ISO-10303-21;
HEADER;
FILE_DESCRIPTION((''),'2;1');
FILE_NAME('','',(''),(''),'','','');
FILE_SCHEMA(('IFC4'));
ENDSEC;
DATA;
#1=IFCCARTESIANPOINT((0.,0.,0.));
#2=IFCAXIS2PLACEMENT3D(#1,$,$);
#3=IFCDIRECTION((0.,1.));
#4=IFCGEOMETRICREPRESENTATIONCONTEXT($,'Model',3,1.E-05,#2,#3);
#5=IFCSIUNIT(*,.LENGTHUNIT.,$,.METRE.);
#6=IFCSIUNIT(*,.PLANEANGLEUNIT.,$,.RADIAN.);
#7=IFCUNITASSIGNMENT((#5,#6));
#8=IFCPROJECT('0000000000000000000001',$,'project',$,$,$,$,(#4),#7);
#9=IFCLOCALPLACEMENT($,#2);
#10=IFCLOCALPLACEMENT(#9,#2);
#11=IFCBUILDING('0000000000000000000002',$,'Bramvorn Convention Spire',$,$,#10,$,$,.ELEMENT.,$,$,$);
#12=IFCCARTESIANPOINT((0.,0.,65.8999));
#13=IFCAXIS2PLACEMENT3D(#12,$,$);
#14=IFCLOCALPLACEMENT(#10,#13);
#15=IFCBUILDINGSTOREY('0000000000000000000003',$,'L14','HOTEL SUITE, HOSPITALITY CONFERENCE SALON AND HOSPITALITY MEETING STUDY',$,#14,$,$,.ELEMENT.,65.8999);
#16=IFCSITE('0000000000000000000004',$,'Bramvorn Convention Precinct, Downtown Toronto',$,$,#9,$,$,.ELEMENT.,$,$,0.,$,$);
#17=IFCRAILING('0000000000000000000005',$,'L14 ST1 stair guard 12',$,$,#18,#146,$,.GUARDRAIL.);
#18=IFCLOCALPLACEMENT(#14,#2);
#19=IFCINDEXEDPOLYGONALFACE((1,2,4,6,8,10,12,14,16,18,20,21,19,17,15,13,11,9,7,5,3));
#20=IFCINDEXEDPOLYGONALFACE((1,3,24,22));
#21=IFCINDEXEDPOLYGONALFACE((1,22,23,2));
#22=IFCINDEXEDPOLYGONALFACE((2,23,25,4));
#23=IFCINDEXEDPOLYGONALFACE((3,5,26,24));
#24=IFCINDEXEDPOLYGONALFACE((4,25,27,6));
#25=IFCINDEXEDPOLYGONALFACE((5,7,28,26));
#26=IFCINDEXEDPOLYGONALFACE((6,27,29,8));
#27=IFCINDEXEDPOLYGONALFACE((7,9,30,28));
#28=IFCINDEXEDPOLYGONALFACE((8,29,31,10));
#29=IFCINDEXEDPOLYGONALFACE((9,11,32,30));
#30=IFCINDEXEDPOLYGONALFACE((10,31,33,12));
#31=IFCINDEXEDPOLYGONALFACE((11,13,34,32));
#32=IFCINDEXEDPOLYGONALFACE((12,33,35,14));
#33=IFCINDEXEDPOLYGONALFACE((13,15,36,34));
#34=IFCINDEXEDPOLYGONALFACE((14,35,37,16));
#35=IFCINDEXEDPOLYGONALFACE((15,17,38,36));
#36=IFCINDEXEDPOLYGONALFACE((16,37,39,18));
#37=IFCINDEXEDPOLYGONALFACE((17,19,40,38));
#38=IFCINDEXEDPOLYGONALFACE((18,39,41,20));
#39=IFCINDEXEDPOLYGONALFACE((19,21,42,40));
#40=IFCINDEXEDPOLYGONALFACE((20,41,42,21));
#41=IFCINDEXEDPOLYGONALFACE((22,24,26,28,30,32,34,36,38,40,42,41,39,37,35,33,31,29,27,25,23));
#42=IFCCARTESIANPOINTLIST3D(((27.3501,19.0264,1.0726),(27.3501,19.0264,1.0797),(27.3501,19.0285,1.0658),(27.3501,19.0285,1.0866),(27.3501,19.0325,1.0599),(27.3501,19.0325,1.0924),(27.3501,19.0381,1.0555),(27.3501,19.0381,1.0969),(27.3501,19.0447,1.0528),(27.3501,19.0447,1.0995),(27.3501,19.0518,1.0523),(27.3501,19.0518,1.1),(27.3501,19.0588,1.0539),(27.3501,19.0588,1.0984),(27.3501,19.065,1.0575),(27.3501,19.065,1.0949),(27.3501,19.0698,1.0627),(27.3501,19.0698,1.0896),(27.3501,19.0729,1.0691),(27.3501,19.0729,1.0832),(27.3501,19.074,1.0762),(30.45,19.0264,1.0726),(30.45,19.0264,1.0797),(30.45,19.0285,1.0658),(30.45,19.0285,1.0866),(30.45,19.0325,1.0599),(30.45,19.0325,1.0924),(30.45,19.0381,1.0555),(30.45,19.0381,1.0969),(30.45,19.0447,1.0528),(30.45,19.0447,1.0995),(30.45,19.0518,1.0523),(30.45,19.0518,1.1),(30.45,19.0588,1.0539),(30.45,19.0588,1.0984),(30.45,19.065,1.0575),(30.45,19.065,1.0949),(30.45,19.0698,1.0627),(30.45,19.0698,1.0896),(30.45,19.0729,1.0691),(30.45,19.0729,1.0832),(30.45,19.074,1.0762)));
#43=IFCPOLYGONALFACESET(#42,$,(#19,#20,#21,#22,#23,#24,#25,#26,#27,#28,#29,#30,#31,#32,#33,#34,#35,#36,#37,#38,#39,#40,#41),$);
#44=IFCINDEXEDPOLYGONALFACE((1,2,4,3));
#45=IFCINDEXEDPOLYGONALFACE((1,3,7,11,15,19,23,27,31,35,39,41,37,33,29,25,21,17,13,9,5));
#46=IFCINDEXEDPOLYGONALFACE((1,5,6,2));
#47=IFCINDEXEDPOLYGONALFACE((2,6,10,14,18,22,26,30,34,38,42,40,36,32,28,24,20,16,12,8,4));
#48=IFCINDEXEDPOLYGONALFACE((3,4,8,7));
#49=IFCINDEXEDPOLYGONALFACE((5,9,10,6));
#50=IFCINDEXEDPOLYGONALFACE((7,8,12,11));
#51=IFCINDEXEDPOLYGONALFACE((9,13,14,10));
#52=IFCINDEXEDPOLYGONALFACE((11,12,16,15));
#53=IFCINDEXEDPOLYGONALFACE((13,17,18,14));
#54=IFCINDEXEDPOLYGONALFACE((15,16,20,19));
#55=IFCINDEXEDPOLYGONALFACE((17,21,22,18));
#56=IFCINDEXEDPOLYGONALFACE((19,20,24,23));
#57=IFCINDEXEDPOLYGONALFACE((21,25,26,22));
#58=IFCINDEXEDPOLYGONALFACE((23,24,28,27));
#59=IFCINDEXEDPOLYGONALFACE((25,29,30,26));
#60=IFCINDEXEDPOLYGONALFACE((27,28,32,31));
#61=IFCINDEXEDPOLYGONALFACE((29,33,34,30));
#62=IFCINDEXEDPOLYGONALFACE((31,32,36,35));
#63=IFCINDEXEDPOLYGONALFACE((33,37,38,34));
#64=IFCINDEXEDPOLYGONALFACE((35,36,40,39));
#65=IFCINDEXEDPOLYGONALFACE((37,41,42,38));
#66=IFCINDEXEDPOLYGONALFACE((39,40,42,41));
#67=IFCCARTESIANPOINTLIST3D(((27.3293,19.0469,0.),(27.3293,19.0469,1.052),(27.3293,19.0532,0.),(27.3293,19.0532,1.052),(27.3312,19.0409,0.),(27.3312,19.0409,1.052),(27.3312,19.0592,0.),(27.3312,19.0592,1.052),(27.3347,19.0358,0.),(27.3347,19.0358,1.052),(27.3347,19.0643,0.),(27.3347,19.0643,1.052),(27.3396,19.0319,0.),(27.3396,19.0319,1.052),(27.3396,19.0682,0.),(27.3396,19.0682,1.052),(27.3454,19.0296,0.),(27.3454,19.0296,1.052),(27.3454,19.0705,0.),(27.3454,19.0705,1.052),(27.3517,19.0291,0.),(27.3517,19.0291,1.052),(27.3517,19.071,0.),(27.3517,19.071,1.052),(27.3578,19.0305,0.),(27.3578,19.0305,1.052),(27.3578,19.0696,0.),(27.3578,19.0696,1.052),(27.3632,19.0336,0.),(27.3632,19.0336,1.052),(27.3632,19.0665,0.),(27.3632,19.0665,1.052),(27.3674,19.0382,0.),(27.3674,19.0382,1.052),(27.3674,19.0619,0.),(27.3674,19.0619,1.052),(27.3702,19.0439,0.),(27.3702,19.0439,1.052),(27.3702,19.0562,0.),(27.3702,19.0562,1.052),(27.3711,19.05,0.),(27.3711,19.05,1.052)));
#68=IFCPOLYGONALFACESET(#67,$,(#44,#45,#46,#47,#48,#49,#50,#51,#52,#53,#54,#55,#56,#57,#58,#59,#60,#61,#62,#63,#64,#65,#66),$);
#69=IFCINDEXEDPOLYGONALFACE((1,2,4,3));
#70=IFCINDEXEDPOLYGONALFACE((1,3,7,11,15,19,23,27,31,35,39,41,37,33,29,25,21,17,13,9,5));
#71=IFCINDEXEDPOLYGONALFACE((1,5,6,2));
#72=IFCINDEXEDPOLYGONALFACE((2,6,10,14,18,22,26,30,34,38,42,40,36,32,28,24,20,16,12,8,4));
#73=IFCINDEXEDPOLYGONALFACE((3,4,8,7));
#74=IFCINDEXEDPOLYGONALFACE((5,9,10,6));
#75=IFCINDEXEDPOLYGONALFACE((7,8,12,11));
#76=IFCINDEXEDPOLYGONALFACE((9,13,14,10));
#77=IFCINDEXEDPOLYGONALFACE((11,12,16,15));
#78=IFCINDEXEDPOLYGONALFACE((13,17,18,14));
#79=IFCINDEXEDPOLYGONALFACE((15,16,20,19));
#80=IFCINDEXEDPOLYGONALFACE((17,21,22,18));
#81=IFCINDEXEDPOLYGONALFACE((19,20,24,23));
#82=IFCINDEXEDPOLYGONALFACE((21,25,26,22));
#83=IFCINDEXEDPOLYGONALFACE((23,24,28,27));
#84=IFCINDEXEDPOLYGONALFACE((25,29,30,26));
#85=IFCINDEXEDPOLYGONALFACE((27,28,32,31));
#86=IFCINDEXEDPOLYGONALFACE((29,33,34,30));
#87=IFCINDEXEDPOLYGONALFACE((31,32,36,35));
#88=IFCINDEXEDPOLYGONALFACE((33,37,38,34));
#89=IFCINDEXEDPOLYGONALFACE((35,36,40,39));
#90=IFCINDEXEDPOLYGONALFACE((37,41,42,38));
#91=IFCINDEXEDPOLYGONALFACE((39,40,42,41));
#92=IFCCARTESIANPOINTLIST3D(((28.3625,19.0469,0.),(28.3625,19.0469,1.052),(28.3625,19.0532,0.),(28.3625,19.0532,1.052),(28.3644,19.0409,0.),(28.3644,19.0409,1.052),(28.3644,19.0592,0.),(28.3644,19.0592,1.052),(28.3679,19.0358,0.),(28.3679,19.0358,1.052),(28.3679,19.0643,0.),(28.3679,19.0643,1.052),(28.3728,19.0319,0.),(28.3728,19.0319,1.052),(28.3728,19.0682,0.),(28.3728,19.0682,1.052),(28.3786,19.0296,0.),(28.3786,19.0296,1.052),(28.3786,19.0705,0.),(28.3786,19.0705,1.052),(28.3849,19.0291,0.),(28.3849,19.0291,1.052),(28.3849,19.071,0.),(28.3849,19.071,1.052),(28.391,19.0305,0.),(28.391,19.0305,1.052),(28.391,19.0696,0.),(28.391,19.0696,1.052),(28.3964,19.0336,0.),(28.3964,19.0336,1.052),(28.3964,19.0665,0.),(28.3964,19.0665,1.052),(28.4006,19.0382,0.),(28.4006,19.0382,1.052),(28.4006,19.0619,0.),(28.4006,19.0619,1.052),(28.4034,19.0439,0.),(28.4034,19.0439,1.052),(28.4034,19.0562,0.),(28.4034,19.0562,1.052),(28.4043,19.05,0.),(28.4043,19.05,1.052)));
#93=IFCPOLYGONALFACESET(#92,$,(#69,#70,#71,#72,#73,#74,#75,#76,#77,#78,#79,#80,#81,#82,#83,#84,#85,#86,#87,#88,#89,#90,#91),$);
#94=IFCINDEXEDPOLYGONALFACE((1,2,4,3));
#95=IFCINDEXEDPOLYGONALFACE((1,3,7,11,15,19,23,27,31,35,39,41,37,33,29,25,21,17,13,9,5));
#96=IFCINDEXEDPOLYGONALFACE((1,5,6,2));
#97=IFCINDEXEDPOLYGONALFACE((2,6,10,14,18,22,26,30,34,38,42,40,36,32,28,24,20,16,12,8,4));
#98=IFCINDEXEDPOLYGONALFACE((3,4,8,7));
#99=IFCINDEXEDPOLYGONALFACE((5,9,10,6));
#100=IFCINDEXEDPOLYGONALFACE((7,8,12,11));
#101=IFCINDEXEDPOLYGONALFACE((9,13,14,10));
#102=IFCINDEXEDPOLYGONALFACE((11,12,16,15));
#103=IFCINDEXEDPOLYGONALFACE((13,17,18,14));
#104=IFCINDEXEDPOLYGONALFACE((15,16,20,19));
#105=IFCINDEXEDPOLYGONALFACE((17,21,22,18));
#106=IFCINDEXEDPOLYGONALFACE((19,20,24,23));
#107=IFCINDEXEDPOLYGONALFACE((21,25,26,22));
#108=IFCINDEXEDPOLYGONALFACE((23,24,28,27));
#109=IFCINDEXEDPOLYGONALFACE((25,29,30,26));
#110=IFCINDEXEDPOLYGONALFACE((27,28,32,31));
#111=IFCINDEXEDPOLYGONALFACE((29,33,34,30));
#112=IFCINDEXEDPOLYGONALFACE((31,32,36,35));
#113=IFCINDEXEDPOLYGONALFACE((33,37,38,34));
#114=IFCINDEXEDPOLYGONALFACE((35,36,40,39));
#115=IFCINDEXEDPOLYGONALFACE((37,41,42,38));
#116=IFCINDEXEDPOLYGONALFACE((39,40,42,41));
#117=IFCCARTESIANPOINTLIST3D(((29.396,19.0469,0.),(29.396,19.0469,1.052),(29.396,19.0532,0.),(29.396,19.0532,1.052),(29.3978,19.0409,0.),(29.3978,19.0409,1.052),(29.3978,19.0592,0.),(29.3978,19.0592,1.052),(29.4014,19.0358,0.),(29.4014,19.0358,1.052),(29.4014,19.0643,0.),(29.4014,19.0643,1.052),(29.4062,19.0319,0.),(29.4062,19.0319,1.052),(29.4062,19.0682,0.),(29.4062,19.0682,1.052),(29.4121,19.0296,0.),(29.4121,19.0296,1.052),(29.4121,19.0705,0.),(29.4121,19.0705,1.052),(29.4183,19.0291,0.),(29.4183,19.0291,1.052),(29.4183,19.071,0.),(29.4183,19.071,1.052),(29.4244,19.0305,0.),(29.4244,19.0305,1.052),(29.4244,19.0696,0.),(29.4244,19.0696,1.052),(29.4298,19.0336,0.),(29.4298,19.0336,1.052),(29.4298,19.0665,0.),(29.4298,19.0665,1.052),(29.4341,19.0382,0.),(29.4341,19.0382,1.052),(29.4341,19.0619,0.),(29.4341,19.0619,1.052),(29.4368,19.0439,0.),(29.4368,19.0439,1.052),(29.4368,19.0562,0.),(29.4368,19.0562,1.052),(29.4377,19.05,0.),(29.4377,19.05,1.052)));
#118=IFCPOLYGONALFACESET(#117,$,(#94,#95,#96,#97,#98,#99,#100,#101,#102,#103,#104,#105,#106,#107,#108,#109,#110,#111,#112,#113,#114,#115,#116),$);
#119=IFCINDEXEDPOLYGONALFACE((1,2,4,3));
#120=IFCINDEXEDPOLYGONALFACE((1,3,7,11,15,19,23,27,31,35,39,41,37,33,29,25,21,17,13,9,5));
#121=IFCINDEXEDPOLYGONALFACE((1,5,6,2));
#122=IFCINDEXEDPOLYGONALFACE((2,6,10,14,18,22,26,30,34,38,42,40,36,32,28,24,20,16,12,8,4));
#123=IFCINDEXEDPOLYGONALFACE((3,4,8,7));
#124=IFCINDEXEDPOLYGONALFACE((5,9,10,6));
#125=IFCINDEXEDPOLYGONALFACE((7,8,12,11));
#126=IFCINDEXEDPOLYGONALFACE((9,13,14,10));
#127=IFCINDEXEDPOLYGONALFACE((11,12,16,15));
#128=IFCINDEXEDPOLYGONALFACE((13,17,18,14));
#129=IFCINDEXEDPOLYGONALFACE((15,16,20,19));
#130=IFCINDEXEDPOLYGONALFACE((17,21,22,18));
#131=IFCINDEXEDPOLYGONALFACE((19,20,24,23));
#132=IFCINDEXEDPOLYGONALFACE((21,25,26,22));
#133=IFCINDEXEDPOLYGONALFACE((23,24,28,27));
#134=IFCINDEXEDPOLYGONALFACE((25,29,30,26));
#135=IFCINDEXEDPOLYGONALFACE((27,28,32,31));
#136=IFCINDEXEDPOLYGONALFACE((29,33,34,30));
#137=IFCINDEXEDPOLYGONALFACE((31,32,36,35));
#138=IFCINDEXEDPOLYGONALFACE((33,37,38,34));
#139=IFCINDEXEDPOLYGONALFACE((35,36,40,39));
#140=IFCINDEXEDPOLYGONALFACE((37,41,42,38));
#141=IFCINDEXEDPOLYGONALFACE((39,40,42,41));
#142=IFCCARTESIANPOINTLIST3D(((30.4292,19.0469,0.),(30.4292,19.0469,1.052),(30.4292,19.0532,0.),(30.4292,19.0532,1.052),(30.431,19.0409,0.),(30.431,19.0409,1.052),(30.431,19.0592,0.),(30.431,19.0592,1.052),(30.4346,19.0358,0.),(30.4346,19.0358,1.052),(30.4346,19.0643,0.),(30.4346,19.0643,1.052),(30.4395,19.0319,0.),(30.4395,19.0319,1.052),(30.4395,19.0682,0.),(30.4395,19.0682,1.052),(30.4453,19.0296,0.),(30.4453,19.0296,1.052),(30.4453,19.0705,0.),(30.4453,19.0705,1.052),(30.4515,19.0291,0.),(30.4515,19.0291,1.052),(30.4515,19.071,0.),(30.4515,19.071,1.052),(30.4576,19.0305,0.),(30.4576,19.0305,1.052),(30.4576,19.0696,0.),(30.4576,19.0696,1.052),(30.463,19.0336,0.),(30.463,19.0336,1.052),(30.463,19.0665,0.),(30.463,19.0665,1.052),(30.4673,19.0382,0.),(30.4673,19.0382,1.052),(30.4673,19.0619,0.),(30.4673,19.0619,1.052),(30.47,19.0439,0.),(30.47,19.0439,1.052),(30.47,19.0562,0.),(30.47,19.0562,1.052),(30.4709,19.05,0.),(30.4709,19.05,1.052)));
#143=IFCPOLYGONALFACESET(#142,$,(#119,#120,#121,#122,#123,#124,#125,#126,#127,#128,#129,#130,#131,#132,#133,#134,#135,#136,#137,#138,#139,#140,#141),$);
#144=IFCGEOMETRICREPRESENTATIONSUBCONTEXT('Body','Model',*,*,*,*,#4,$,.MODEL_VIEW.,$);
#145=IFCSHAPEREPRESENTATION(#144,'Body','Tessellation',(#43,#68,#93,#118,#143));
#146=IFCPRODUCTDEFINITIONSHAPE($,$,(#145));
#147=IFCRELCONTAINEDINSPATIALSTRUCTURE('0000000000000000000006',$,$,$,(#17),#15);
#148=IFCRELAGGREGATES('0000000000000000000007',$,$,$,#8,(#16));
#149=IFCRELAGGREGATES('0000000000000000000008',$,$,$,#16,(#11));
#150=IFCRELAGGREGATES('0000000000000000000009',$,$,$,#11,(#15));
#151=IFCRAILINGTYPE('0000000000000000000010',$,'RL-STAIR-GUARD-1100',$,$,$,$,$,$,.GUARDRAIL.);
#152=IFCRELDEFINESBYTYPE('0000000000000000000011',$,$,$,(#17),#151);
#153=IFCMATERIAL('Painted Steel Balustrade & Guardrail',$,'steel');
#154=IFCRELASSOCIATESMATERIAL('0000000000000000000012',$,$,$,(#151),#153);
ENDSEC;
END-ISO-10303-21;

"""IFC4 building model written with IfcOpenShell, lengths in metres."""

from ifc_helpers import new_model, si_unit, direction, frame, origin, origin_2d, place, context, subcontext, project, spatial, circle, extrude, material, type_object, element, save


model = new_model("IFC4")

# Units and contexts
model_context = context("Model", 3, precision=1e-05, world=origin(), true_north=direction((0.0, 1.0)))
body_context = subcontext(model_context, "Body", "Model", "MODEL_VIEW")
ifc_project = project(units=[si_unit("LENGTHUNIT", "METRE"), si_unit("PLANEANGLEUNIT", "RADIAN")], contexts=[model_context])

# Site, building, storey
site_placement = place(None, origin())
site = spatial("IfcSite", under=ifc_project, at=site_placement, Name="Bramvorn Convention Precinct, Downtown Toronto", CompositionType="ELEMENT", RefElevation=0.0)
building_placement = place(site_placement, origin())
building = spatial("IfcBuilding", under=site, at=building_placement, Name="Bramvorn Convention Spire", CompositionType="ELEMENT")
storey_placement = place(building_placement, frame((0.0, 0.0, 65.8999)))
storey = spatial("IfcBuildingStorey", under=building, at=storey_placement, Name="L14", Description="HOTEL SUITE, HOSPITALITY CONFERENCE SALON AND HOSPITALITY MEETING STUDY", CompositionType="ELEMENT", Elevation=65.8999)

# Railing
ifc_material_1 = material(Name="Painted Steel Balustrade & Guardrail", Category="steel")
railing_type = type_object("IfcRailingType", Name="RL-STAIR-GUARD-1100", PredefinedType="GUARDRAIL", material=ifc_material_1)
railing_placement = place(storey_placement, frame((27.3501, 19.05, 0.0)))
element("IfcRailing", 1, at=railing_placement, inside=storey, type_object=railing_type, Name="L14 ST1 stair guard 12", PredefinedType="GUARDRAIL", context=body_context, shape_type="SweptSolid", body=[
    extrude(circle(Radius=0.0239, at=origin_2d()), frame((0.0, 0.0, 1.0762), z_axis=(1.0, 0.0, 0.0), x_axis=(0.0, 1.0, 0.0)), (0.0, 0.0, 1.0), 3.0999),
    extrude(circle(Radius=0.021, at=origin_2d()), origin(), (0.0, 0.0, 1.0), 1.052),
    extrude(circle(Radius=0.021, at=origin_2d()), frame((1.0332, 0.0, 0.0)), (0.0, 0.0, 1.0), 1.052),
    extrude(circle(Radius=0.021, at=origin_2d()), frame((2.0667, 0.0, 0.0)), (0.0, 0.0, 1.0), 1.052),
    extrude(circle(Radius=0.021, at=origin_2d()), frame((3.0999, 0.0, 0.0)), (0.0, 0.0, 1.0), 1.052),
])

save(model, "model.ifc")
